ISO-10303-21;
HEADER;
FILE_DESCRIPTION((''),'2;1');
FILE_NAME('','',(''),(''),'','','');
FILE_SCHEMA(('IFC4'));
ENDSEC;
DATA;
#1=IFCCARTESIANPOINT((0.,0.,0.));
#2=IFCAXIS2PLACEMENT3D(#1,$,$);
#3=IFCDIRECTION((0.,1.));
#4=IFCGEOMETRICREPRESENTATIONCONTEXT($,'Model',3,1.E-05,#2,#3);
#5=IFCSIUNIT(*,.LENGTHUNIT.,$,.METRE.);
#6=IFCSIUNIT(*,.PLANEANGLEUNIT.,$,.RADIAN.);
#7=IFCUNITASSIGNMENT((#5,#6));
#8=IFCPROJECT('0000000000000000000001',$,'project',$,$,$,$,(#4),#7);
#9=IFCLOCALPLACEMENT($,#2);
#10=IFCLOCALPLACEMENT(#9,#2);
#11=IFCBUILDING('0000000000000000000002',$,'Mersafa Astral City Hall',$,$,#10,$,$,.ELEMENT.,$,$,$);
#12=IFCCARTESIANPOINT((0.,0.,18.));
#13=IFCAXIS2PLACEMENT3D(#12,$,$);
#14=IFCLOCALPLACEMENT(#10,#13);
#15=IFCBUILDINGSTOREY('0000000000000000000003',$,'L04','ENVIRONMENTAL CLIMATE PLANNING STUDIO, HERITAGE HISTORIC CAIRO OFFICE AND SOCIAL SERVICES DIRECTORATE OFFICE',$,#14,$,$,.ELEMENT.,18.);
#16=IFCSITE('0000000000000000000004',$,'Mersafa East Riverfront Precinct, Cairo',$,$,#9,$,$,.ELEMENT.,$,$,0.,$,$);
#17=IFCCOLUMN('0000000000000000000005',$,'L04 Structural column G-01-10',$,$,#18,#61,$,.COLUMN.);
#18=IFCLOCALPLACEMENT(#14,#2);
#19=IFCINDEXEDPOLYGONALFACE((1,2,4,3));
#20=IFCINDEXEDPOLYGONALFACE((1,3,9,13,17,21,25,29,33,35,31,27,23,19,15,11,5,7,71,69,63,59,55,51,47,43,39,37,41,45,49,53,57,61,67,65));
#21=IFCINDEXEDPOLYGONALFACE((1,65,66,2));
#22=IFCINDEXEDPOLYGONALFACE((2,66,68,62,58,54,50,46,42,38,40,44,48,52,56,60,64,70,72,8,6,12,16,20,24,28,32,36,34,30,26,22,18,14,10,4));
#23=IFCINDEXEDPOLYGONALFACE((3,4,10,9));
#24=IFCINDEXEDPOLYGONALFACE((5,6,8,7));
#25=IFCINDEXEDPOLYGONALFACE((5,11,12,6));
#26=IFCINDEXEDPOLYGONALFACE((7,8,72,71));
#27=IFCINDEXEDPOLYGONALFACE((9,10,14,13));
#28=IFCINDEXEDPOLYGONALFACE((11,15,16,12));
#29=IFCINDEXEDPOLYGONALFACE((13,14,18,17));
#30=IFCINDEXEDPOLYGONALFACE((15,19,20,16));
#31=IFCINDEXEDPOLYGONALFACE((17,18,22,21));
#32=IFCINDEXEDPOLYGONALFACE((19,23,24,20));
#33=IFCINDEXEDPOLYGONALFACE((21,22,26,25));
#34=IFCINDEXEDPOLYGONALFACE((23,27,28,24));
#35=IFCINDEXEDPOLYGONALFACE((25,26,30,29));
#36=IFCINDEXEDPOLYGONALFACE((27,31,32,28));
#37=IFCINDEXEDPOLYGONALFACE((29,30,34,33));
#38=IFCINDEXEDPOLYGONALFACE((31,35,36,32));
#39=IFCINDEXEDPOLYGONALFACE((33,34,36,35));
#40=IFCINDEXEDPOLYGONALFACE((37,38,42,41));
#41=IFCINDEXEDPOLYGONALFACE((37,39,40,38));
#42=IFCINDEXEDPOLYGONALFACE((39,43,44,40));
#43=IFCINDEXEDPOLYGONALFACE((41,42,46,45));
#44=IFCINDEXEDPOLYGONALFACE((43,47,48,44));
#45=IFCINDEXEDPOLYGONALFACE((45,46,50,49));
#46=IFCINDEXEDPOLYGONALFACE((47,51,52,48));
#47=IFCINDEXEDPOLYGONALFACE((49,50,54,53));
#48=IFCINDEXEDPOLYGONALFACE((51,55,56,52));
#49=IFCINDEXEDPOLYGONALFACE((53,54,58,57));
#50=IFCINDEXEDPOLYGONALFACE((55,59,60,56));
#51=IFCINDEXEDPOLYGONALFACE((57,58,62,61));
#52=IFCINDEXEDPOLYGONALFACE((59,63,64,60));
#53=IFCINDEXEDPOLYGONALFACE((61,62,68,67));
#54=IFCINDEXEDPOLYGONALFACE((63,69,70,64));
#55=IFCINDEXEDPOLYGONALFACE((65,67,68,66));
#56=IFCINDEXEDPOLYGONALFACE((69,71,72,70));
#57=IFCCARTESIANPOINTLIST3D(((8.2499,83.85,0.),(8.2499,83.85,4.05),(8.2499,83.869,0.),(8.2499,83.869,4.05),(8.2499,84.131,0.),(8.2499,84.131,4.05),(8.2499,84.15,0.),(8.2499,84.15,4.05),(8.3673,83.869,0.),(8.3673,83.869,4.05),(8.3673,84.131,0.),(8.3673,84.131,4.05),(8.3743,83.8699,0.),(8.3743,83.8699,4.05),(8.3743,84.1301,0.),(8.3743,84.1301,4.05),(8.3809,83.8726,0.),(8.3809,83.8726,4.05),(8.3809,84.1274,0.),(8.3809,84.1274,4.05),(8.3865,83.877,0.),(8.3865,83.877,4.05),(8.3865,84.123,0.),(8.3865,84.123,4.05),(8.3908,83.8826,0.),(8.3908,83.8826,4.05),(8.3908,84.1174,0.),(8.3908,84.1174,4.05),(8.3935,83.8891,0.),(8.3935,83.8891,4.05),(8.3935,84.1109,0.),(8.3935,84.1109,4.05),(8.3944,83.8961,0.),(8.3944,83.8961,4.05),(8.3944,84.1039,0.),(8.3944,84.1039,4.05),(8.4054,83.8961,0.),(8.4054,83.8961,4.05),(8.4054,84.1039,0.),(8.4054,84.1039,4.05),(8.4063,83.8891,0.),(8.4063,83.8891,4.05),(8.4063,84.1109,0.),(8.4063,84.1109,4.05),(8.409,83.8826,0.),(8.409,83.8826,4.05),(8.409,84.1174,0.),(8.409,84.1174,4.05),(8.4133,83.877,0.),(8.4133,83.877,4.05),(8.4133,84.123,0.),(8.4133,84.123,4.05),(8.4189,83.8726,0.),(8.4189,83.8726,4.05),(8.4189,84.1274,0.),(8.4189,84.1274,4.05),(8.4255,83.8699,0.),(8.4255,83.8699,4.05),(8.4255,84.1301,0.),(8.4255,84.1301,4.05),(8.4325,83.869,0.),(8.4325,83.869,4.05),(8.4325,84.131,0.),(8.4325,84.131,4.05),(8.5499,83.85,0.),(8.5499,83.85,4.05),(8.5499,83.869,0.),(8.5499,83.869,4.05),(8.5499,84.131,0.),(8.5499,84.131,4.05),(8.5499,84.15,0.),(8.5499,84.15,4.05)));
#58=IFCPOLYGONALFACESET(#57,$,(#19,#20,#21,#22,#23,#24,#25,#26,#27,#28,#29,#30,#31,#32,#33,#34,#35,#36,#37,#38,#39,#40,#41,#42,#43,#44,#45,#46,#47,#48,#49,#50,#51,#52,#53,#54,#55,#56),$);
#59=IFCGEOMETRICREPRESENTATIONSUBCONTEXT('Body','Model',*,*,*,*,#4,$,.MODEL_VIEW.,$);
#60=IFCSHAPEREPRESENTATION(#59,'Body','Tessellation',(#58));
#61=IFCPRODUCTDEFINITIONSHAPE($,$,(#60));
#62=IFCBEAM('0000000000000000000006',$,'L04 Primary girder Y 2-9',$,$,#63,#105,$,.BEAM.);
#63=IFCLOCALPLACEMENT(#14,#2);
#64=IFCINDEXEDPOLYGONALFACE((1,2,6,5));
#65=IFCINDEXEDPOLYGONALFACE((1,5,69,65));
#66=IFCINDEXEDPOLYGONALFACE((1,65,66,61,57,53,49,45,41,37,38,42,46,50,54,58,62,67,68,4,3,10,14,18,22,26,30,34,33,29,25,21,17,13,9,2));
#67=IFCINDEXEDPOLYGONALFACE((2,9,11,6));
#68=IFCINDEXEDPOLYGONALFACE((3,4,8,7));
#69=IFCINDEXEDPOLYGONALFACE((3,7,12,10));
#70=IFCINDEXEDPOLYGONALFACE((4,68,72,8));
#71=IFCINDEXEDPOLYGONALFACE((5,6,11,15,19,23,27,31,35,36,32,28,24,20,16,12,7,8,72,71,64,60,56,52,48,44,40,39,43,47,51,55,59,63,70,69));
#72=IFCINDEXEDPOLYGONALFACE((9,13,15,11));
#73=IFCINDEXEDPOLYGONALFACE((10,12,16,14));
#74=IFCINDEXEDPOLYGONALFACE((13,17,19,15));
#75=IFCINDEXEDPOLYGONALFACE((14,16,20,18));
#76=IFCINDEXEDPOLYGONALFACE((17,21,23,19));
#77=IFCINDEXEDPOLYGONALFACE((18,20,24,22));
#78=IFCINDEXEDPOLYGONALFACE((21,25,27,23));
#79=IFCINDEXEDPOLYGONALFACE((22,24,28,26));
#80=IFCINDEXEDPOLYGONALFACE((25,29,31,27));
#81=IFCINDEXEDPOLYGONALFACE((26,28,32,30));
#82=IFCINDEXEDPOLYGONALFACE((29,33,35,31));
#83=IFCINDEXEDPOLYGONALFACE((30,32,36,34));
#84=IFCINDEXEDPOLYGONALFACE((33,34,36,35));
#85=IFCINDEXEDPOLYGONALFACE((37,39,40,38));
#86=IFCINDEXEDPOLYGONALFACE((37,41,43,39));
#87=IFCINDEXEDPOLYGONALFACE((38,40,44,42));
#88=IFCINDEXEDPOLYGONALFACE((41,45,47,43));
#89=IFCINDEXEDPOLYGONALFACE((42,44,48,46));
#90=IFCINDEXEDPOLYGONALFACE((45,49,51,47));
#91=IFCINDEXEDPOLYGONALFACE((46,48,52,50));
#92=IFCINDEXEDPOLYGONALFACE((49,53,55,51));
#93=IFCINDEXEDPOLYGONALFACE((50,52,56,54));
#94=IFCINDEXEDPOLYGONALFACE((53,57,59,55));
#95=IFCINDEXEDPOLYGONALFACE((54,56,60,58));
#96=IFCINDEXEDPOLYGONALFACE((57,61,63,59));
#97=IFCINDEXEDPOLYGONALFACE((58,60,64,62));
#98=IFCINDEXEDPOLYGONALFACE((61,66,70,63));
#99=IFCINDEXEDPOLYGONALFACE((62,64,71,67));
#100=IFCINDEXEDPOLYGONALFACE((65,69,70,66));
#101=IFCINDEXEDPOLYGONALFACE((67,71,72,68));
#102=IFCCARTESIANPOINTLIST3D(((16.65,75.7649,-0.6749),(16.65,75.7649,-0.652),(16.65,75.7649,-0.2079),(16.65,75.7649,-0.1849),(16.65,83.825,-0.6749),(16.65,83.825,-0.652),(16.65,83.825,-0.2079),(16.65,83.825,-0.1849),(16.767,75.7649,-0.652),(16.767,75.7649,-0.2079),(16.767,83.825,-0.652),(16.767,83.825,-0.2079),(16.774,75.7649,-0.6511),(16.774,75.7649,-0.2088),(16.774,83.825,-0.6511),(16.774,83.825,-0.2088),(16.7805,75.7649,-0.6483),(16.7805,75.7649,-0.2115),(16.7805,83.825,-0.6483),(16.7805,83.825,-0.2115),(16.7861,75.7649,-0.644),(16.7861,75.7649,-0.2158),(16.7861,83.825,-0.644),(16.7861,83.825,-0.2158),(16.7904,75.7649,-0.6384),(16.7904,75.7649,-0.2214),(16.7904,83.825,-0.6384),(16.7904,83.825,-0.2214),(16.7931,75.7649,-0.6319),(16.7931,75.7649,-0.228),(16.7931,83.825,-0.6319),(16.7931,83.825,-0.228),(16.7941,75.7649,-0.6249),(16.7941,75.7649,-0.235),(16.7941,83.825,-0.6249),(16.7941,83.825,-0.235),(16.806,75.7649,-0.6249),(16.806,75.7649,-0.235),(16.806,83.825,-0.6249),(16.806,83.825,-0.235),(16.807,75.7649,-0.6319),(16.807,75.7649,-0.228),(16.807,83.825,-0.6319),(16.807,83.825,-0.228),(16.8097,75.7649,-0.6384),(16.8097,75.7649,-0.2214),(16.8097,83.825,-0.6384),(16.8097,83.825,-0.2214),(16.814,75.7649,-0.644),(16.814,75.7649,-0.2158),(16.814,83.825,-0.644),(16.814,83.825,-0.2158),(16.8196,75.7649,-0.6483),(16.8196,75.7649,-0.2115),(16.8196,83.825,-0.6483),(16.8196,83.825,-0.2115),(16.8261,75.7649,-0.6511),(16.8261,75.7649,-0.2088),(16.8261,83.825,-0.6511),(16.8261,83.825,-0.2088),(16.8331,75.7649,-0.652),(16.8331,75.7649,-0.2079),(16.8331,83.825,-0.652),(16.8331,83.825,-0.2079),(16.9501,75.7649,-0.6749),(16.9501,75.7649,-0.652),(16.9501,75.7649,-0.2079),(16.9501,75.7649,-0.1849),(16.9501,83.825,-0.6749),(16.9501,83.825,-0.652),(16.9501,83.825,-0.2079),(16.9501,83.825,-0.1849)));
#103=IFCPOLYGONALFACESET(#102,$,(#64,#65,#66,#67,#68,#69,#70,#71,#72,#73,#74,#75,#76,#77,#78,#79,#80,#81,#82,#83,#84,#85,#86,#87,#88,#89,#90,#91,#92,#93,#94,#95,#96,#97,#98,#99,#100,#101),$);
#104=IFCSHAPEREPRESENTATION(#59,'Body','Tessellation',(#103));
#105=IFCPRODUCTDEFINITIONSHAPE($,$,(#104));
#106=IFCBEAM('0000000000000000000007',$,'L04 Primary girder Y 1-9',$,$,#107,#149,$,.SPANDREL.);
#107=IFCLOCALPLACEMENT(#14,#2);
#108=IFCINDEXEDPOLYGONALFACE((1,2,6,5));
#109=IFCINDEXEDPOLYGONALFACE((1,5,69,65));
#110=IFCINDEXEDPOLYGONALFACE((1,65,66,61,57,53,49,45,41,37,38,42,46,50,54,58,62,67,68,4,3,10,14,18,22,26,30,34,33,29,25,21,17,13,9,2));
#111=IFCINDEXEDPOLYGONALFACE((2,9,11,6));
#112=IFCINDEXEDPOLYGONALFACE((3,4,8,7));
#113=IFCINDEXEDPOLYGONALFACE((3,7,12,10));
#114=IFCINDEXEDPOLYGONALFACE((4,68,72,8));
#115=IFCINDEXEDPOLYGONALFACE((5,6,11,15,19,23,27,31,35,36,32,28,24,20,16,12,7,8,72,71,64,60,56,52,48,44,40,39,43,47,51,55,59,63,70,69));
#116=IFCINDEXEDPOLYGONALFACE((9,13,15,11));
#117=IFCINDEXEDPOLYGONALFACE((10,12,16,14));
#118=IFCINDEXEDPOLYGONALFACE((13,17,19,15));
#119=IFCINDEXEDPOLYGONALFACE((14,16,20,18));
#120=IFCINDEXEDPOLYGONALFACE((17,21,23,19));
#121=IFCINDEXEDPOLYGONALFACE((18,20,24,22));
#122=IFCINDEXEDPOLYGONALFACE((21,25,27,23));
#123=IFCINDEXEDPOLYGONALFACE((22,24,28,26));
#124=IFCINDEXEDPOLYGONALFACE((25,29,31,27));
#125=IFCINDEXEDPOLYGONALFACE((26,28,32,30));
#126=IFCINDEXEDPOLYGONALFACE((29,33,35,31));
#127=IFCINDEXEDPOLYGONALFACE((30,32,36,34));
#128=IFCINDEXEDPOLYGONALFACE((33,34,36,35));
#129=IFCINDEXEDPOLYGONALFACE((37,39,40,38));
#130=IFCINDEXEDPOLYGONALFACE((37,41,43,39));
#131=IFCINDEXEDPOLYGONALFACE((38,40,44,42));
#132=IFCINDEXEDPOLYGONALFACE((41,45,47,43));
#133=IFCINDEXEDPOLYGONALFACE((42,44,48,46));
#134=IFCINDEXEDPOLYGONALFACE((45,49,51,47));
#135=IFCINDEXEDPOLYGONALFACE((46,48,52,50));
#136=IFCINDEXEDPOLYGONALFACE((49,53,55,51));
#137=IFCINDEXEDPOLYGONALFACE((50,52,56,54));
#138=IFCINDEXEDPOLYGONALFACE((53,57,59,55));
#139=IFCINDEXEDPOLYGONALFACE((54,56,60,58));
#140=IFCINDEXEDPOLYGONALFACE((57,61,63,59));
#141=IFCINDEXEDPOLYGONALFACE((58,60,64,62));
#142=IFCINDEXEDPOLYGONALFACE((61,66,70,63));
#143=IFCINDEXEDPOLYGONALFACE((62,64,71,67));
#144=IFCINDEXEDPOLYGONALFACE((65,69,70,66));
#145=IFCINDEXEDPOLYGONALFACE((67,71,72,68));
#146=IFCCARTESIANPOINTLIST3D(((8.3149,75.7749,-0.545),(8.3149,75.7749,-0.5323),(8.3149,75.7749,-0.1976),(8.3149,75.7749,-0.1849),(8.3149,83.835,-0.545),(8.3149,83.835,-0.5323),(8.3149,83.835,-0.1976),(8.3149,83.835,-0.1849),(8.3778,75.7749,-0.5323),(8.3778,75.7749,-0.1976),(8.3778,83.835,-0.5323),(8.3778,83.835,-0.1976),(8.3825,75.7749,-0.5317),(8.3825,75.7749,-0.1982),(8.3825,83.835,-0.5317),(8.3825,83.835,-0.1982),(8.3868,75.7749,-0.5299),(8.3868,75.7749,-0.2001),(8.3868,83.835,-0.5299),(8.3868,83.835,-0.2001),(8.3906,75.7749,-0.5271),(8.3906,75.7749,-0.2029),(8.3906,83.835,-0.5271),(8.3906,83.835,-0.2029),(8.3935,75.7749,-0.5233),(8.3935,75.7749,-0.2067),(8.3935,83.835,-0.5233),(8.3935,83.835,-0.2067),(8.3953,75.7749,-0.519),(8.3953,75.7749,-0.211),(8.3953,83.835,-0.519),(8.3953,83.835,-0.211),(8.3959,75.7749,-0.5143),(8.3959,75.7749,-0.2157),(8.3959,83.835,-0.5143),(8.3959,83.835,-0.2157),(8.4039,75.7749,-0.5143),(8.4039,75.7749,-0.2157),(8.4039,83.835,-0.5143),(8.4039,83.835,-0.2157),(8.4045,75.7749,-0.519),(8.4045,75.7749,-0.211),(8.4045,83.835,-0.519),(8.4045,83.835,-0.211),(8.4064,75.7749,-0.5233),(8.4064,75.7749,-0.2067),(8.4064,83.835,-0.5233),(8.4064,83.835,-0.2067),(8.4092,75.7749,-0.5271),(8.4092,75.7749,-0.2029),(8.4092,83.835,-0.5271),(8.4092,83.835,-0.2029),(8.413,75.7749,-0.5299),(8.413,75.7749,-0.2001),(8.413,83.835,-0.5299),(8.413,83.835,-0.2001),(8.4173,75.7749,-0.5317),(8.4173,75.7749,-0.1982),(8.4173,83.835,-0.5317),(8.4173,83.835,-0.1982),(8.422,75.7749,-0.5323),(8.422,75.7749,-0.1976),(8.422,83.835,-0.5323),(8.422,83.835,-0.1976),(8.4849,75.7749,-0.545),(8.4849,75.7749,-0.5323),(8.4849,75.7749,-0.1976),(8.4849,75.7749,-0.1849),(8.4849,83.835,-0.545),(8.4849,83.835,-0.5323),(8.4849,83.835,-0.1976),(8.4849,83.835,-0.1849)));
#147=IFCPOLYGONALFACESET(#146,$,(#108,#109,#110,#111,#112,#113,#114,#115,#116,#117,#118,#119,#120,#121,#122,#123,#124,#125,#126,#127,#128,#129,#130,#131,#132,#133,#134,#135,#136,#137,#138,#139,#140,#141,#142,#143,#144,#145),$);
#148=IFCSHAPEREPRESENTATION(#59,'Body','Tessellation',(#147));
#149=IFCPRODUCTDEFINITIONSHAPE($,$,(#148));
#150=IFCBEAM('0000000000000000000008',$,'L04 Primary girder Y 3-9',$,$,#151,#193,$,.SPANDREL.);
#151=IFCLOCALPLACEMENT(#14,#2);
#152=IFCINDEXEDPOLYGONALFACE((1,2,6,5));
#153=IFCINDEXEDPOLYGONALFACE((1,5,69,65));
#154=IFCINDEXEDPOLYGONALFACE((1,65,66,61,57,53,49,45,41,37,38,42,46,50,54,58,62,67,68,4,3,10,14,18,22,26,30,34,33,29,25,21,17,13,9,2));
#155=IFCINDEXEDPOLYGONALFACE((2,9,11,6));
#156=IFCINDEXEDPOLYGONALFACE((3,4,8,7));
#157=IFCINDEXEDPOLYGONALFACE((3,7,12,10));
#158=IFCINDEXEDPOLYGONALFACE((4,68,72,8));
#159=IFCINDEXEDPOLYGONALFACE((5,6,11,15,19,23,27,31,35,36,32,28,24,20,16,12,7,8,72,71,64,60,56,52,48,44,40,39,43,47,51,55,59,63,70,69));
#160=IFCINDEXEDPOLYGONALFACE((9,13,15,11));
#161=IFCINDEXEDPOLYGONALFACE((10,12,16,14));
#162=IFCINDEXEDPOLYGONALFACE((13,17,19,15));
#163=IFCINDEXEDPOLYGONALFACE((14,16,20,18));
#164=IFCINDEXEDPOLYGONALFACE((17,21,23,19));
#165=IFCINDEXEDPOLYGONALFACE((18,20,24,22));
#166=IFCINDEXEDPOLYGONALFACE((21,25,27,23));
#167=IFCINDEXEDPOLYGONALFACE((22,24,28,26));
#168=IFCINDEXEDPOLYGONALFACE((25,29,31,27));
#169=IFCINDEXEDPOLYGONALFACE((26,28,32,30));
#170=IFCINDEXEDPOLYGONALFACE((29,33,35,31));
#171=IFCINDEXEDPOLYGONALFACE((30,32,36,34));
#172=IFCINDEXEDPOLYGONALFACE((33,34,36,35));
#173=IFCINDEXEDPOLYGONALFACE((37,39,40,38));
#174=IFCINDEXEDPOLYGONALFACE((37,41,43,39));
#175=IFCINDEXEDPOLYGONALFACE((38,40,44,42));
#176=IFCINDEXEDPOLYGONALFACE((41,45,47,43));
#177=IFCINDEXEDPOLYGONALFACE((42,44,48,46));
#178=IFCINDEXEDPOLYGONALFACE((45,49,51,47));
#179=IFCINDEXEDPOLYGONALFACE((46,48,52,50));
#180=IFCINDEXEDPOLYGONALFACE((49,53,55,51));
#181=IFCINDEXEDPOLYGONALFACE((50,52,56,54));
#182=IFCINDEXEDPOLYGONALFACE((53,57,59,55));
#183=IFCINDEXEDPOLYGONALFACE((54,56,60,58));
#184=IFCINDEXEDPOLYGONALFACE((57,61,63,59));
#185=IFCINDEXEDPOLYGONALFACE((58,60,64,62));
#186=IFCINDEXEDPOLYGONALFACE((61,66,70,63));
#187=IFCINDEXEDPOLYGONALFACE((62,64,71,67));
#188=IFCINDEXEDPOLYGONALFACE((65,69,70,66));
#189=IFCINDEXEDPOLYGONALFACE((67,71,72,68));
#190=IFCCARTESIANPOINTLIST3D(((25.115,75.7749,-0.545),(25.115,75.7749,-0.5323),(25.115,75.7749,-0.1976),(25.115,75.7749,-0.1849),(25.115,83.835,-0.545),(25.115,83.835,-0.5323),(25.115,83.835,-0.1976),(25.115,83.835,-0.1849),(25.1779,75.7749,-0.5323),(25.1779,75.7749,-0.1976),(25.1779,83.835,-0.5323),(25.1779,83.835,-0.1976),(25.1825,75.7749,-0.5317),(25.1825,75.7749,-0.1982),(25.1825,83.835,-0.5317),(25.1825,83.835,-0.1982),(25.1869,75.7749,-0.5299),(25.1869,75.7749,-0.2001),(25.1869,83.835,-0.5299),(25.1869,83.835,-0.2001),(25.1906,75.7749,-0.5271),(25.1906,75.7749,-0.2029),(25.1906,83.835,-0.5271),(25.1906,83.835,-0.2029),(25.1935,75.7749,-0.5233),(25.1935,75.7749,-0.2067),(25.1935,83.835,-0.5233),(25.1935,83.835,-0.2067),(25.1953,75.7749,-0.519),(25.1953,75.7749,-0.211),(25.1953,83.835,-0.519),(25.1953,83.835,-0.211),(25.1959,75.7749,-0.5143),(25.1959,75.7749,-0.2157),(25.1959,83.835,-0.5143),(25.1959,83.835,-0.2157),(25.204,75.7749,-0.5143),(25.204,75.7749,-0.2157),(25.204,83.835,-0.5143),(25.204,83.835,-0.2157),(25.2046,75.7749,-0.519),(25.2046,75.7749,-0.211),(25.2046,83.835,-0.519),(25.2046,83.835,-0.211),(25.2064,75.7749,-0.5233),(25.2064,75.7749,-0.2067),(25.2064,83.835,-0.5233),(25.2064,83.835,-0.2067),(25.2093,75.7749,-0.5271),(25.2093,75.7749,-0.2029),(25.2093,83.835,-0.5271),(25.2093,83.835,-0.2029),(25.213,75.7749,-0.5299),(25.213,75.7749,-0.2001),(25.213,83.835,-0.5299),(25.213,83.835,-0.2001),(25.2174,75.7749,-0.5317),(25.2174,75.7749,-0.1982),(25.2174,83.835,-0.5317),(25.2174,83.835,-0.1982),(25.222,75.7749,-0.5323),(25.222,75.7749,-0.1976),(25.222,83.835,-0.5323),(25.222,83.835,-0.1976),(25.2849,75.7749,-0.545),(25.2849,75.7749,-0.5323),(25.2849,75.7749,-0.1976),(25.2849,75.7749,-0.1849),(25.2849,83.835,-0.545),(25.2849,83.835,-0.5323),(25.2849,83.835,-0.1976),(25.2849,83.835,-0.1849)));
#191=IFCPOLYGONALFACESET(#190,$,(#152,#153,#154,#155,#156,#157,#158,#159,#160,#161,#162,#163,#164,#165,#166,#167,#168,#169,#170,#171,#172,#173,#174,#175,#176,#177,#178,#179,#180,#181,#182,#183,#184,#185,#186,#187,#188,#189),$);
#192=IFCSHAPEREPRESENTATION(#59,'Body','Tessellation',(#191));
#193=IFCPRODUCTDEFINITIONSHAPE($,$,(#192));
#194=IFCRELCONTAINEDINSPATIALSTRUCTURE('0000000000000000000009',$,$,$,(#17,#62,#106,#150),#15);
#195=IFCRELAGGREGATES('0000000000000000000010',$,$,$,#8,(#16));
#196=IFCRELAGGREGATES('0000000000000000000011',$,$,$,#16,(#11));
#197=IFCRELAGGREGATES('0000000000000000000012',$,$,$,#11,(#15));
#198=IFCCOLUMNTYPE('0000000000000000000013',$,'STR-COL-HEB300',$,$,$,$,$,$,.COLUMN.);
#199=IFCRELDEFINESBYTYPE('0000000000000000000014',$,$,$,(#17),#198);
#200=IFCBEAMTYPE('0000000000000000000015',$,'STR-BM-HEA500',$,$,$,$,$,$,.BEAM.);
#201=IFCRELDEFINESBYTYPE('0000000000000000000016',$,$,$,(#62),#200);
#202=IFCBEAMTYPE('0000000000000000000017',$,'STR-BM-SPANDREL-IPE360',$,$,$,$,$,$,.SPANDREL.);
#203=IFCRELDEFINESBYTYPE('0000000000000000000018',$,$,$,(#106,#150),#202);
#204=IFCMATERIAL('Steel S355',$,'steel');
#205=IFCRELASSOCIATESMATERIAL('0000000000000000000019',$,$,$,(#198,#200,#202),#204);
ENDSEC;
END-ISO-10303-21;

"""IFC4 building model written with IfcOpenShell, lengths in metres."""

from ifc_helpers import new_model, si_unit, direction, frame, origin, origin_2d, place, context, subcontext, project, spatial, i_section, extrude, material, material_profile, profile_set, type_object, element, save


model = new_model("IFC4")

# Units and contexts
model_context = context("Model", 3, precision=1e-05, world=origin(), true_north=direction((0.0, 1.0)))
body_context = subcontext(model_context, "Body", "Model", "MODEL_VIEW")
ifc_project = project(units=[si_unit("LENGTHUNIT", "METRE"), si_unit("PLANEANGLEUNIT", "RADIAN")], contexts=[model_context])

# Site, building, storey
site_placement = place(None, origin())
site = spatial("IfcSite", under=ifc_project, at=site_placement, Name="Mersafa East Riverfront Precinct, Cairo", CompositionType="ELEMENT", RefElevation=0.0)
building_placement = place(site_placement, origin())
building = spatial("IfcBuilding", under=site, at=building_placement, Name="Mersafa Astral City Hall", CompositionType="ELEMENT")
storey_placement = place(building_placement, frame((0.0, 0.0, 18.0)))
storey = spatial("IfcBuildingStorey", under=building, at=storey_placement, Name="L04", Description="ENVIRONMENTAL CLIMATE PLANNING STUDIO, HERITAGE HISTORIC CAIRO OFFICE AND SOCIAL SERVICES DIRECTORATE OFFICE", CompositionType="ELEMENT", Elevation=18.0)

# Column
ifc_material_1 = material(Name="Steel S355", Category="steel")
ifc_material_profile_1 = material_profile(ifc_material_1, i_section(OverallWidth=0.3, OverallDepth=0.3, WebThickness=0.011, FlangeThickness=0.019, FilletRadius=0.0271, at=origin_2d()), Name="HEB 300")
ifc_profile_set_1 = profile_set([ifc_material_profile_1], Name="Steel S355")
column_type = type_object("IfcColumnType", Name="STR-COL-HEB300", PredefinedType="COLUMN", material=ifc_profile_set_1)
column_placement = place(storey_placement, frame((8.3999, 84.0, 0.0), z_axis=(0.0, 0.0, 1.0), x_axis=(1.0, 0.0, 0.0)))
element("IfcColumn", 1, at=column_placement, inside=storey, type_object=column_type, Name="L04 Structural column G-01-10", PredefinedType="COLUMN", context=body_context, shape_type="SweptSolid", body=[
    extrude(i_section(OverallWidth=0.3, OverallDepth=0.3, WebThickness=0.011, FlangeThickness=0.019, FilletRadius=0.0271, at=origin_2d()), origin(), (0.0, 0.0, 1.0), 4.05),
])

# Beams
ifc_material_profile_2 = material_profile(ifc_material_1, i_section(OverallWidth=0.3, OverallDepth=0.49, WebThickness=0.012, FlangeThickness=0.0229, FilletRadius=0.0271, at=origin_2d()), Name="HEA 500")
ifc_profile_set_2 = profile_set([ifc_material_profile_2], Name="Steel S355")
beam_type_1 = type_object("IfcBeamType", Name="STR-BM-HEA500", PredefinedType="BEAM", material=ifc_profile_set_2)
beam_placement = place(storey_placement, frame((16.8, 75.7649, -0.4299), z_axis=(0.0, 1.0, 0.0), x_axis=(-1.0, 0.0, 0.0)))
element("IfcBeam", 2, at=beam_placement, inside=storey, type_object=beam_type_1, Name="L04 Primary girder Y 2-9", PredefinedType="BEAM", context=body_context, shape_type="SweptSolid", body=[
    extrude(i_section(OverallWidth=0.3, OverallDepth=0.49, WebThickness=0.012, FlangeThickness=0.0229, FilletRadius=0.0271, at=origin_2d()), origin(), (0.0, 0.0, 1.0), 8.0601),
])
ifc_material_profile_3 = material_profile(ifc_material_1, i_section(OverallWidth=0.1699, OverallDepth=0.3601, WebThickness=0.0081, FlangeThickness=0.0127, FilletRadius=0.0181, at=origin_2d()), Name="IPE 360")
ifc_profile_set_3 = profile_set([ifc_material_profile_3], Name="Steel S355")
beam_type_2 = type_object("IfcBeamType", Name="STR-BM-SPANDREL-IPE360", PredefinedType="SPANDREL", material=ifc_profile_set_3)
for number, where, z_axis, x_axis, name in (
    (3, (8.3999, 75.7749, -0.365), (0.0, 1.0, 0.0), (-1.0, 0.0, 0.0), "L04 Primary girder Y 1-9"),
    (4, (25.2, 75.7749, -0.365), (0.0, 1.0, 0.0), (-1.0, 0.0, 0.0), "L04 Primary girder Y 3-9"),
):
    element("IfcBeam", number, at=place(storey_placement, frame(where, z_axis=z_axis, x_axis=x_axis)), inside=storey, type_object=beam_type_2, Name=name, PredefinedType="SPANDREL", context=body_context, shape_type="SweptSolid", body=[
        extrude(i_section(OverallWidth=0.1699, OverallDepth=0.3601, WebThickness=0.0081, FlangeThickness=0.0127, FilletRadius=0.0181, at=origin_2d()), origin(), (0.0, 0.0, 1.0), 8.0601),
    ])

save(model, "model.ifc")
